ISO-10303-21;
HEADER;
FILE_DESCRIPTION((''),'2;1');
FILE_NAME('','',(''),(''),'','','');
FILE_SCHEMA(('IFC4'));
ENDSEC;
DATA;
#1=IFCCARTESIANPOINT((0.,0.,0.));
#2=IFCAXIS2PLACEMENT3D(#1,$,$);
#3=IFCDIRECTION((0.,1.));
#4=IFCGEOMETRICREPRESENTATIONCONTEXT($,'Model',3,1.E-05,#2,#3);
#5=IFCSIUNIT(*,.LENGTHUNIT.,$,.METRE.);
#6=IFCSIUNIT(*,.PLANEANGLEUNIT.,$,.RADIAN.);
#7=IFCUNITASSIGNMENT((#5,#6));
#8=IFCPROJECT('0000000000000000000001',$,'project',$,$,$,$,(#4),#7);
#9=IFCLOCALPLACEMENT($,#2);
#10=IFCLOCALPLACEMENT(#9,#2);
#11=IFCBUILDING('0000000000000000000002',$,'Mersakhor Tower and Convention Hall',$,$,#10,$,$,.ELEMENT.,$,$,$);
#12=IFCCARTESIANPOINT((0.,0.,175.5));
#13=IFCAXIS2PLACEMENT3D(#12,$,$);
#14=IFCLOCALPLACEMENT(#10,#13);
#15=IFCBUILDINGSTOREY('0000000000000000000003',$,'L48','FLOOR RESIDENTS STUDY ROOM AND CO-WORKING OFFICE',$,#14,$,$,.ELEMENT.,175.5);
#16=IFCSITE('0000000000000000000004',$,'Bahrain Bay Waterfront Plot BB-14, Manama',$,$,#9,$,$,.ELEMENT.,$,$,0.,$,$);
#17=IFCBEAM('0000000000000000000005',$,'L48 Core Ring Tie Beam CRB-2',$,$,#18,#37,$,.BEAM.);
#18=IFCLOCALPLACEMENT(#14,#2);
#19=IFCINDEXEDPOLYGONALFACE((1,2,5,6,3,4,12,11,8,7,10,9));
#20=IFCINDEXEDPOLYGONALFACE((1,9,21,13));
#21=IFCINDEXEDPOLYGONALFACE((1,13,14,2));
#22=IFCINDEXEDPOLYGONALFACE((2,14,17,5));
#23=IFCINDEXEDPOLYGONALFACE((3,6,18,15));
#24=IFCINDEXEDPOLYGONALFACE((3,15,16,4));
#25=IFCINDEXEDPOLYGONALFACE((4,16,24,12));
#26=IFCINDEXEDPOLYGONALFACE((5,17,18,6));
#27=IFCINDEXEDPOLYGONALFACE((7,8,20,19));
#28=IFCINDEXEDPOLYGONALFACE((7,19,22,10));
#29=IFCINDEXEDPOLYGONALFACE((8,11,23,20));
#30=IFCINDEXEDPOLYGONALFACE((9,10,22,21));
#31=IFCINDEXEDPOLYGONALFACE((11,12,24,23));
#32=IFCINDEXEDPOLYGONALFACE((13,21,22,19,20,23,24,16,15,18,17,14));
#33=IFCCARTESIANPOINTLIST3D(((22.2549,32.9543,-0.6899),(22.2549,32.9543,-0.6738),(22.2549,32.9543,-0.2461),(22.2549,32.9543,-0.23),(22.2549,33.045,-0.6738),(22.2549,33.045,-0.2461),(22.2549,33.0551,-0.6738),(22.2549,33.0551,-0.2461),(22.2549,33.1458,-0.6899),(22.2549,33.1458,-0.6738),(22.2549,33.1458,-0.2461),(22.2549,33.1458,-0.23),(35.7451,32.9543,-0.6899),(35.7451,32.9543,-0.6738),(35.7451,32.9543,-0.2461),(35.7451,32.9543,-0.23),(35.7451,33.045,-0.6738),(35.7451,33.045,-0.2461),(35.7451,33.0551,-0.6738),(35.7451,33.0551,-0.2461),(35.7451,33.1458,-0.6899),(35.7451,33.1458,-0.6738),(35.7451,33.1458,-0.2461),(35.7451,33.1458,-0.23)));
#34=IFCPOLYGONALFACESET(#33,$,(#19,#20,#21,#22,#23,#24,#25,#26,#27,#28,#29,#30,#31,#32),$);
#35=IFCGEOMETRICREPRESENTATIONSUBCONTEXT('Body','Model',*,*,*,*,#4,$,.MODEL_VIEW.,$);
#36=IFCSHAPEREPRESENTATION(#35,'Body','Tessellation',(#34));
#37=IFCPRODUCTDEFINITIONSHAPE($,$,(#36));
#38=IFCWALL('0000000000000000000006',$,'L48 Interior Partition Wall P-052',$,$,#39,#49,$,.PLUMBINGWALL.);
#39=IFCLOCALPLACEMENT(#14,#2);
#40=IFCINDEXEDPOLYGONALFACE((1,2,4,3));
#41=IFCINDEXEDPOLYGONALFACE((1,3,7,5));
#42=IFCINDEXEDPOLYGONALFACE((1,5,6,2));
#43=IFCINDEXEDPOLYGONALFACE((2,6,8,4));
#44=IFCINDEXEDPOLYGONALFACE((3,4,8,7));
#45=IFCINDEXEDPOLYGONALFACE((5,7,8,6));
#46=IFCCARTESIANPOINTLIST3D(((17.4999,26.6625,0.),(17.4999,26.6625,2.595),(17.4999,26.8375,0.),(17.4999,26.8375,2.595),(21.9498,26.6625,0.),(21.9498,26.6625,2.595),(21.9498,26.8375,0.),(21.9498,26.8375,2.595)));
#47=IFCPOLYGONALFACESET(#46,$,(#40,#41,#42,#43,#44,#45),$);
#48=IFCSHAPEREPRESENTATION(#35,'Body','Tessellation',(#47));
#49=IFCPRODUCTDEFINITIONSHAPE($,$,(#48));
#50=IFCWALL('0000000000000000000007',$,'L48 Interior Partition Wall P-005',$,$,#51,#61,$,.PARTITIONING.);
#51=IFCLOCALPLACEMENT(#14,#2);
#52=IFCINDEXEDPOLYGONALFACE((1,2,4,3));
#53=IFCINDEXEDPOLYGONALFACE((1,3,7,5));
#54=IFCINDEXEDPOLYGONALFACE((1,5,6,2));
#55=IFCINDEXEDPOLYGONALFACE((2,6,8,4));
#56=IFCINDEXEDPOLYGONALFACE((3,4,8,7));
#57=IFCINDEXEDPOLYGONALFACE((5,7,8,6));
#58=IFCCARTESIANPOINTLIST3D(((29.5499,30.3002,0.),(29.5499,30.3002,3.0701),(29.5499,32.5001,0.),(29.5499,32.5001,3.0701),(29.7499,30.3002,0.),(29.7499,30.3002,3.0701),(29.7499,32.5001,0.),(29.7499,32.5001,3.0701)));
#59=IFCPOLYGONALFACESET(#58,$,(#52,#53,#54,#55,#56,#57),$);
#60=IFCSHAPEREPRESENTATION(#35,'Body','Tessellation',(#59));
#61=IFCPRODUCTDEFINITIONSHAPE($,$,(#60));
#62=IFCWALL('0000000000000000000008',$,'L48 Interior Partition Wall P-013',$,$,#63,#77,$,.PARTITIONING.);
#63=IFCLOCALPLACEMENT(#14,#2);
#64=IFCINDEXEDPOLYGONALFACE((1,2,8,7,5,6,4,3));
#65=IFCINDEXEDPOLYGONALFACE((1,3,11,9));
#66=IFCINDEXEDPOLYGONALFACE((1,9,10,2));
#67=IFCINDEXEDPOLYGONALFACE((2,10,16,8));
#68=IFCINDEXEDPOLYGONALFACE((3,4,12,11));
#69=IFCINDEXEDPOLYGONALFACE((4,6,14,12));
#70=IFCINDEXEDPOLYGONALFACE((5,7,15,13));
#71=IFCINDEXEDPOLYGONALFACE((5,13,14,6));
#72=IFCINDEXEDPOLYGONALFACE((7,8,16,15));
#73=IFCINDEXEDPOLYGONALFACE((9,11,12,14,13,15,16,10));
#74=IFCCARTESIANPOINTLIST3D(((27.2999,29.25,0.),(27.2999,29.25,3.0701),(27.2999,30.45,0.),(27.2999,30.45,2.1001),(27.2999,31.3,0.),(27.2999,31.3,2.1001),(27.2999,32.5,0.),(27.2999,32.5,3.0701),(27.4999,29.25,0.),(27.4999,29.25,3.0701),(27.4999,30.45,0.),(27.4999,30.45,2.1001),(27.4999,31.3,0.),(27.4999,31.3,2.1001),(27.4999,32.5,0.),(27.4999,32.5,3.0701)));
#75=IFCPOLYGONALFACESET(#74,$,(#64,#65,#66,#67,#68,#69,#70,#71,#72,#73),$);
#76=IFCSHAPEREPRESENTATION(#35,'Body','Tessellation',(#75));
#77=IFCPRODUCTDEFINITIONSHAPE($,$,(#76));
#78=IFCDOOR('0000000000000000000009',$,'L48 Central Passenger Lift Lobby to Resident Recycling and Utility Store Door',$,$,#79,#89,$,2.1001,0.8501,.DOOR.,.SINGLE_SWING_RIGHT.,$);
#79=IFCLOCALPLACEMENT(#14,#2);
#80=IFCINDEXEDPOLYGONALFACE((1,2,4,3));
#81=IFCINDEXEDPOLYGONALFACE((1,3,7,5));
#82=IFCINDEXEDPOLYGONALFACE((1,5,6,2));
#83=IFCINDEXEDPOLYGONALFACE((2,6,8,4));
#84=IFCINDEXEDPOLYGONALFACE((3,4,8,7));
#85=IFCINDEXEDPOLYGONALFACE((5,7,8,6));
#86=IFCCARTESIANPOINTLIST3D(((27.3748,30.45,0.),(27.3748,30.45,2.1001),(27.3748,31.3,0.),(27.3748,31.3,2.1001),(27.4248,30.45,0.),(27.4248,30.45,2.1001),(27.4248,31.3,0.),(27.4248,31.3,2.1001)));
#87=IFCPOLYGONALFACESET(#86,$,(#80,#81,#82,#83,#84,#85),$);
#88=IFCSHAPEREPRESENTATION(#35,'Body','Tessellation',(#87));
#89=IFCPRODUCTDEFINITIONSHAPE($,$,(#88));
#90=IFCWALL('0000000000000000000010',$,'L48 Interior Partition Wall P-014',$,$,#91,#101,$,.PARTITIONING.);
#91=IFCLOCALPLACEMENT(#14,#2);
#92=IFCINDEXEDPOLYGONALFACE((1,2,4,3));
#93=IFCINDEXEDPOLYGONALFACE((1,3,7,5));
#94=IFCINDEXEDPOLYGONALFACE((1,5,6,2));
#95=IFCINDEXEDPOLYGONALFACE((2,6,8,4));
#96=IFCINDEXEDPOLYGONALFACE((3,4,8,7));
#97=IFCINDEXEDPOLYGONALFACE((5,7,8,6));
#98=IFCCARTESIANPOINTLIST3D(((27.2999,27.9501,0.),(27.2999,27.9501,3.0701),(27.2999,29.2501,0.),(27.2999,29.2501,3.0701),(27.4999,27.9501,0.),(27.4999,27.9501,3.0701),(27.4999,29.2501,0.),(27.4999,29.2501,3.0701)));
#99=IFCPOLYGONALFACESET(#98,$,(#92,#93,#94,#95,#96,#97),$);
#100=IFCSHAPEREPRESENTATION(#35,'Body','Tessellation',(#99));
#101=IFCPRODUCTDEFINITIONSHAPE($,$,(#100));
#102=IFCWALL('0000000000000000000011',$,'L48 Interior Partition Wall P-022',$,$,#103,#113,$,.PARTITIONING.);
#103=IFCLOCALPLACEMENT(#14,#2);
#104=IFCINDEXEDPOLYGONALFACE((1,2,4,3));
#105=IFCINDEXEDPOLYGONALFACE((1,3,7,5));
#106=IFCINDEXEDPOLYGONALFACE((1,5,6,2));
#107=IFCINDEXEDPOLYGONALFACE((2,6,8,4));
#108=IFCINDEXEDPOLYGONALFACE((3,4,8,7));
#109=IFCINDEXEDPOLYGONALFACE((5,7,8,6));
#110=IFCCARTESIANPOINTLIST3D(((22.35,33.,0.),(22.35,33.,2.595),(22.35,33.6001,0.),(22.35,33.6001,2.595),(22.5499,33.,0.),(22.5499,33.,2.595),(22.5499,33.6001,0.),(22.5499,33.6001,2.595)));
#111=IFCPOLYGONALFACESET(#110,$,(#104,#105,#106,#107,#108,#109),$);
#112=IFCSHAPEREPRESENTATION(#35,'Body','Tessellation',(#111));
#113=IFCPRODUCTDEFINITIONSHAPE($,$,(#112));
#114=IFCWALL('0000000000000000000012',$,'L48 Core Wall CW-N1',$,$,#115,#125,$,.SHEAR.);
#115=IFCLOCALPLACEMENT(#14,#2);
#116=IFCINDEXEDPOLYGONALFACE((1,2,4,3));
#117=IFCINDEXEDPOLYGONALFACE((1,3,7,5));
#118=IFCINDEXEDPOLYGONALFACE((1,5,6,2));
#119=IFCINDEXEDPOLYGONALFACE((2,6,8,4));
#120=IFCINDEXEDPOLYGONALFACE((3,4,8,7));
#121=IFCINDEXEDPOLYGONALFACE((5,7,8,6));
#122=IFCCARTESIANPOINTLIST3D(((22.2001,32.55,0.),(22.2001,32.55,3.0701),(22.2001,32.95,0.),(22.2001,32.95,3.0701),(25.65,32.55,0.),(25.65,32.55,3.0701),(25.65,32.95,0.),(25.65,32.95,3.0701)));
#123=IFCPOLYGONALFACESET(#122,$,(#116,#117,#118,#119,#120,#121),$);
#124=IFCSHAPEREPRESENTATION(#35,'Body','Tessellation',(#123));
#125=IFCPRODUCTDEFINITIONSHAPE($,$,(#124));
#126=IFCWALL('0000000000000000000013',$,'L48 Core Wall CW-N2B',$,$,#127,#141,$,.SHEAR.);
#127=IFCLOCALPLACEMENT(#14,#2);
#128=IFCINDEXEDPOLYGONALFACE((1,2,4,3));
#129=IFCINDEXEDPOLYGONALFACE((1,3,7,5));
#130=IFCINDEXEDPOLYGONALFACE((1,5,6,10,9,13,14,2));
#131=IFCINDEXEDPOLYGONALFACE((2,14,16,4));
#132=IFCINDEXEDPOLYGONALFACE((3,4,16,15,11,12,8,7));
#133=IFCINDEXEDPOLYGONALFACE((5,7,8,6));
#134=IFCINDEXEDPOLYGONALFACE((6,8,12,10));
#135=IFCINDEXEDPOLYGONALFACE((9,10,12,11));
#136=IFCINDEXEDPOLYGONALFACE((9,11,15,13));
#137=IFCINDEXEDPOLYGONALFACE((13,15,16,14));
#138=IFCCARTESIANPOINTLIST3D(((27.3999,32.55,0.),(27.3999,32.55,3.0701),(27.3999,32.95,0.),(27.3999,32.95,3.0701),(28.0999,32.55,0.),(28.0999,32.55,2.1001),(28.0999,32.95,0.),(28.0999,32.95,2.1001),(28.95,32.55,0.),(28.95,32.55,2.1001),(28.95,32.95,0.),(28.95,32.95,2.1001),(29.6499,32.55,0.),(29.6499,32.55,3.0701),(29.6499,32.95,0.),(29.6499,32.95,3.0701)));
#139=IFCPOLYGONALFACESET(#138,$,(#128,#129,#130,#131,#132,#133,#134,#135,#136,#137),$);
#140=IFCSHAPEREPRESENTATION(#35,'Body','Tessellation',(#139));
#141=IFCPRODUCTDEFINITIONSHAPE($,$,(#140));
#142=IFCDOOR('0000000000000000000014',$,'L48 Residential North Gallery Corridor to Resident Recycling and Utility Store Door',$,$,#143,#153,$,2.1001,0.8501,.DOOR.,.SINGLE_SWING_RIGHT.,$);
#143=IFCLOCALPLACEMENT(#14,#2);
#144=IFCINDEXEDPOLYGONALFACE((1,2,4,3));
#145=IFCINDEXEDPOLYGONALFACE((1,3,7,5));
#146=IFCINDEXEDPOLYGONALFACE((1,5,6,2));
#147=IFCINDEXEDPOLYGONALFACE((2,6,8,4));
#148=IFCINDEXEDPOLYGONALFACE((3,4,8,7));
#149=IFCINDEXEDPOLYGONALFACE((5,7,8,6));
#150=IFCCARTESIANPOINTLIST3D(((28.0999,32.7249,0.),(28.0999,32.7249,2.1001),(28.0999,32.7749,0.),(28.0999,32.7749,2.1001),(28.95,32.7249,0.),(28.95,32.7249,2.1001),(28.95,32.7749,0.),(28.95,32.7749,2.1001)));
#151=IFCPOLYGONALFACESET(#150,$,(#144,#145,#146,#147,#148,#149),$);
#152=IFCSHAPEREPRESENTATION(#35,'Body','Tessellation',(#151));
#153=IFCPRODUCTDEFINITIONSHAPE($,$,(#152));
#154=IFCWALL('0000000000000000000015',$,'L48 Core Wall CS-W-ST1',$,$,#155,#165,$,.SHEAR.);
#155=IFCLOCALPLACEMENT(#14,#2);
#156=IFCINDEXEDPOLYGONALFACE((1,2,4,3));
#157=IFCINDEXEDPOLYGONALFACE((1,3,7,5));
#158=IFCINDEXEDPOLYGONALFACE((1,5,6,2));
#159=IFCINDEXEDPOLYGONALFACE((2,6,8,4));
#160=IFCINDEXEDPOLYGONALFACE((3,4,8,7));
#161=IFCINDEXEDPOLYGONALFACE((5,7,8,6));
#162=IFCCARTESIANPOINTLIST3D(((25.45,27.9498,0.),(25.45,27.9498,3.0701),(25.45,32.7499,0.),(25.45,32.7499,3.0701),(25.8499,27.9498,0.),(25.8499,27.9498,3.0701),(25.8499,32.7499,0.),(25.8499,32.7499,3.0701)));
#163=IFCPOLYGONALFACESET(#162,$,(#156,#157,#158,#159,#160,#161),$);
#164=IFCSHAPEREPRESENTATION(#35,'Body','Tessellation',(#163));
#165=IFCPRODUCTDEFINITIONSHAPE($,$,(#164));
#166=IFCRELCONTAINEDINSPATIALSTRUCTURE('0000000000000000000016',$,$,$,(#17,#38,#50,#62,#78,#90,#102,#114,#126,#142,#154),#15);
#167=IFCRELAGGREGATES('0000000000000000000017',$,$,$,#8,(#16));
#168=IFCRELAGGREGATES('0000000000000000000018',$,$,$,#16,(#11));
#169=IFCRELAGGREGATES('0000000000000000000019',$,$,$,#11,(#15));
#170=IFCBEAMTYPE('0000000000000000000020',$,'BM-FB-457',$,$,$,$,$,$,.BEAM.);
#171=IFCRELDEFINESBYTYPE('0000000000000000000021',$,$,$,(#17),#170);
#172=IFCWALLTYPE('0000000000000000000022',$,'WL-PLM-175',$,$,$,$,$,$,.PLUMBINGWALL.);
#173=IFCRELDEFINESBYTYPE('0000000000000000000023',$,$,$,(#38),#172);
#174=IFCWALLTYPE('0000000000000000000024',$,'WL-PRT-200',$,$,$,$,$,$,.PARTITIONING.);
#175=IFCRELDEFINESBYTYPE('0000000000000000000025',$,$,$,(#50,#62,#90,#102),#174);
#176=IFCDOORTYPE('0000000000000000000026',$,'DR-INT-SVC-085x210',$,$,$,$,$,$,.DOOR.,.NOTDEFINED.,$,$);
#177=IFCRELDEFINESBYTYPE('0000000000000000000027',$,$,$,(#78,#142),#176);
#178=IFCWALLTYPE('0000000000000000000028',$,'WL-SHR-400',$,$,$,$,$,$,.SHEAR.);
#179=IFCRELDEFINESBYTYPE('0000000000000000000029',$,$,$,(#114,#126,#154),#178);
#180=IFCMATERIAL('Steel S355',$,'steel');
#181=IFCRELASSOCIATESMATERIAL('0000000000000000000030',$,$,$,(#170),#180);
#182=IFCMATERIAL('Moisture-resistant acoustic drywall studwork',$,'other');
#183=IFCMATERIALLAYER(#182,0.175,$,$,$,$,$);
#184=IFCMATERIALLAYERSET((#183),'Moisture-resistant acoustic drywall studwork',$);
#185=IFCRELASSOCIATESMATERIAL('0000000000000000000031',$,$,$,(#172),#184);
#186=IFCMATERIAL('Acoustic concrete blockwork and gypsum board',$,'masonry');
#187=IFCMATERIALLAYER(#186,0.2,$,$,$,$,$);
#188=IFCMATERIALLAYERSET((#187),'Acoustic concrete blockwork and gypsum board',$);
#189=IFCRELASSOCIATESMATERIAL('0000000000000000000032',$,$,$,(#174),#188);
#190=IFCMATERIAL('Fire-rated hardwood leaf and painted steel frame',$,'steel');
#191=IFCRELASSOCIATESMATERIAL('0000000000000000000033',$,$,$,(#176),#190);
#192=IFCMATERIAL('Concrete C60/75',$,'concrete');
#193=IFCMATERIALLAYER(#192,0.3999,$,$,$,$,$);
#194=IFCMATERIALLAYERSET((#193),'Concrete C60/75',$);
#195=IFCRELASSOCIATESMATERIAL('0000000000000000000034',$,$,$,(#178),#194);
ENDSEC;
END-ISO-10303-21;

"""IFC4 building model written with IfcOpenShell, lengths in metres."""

from ifc_helpers import new_model, si_unit, direction, frame, frame_2d, origin, origin_2d, place, context, subcontext, project, spatial, rectangle, i_section, extrude, material, layer, layer_set, material_profile, profile_set, type_object, element, fill, save


model = new_model("IFC4")

# Units and contexts
model_context = context("Model", 3, precision=1e-05, world=origin(), true_north=direction((0.0, 1.0)))
body_context = subcontext(model_context, "Body", "Model", "MODEL_VIEW")
ifc_project = project(units=[si_unit("LENGTHUNIT", "METRE"), si_unit("PLANEANGLEUNIT", "RADIAN")], contexts=[model_context])

# Site, building, storey
site_placement = place(None, origin())
site = spatial("IfcSite", under=ifc_project, at=site_placement, Name="Bahrain Bay Waterfront Plot BB-14, Manama", CompositionType="ELEMENT", RefElevation=0.0)
building_placement = place(site_placement, origin())
building = spatial("IfcBuilding", under=site, at=building_placement, Name="Mersakhor Tower and Convention Hall", CompositionType="ELEMENT")
storey_placement = place(building_placement, frame((0.0, 0.0, 175.5)))
storey = spatial("IfcBuildingStorey", under=building, at=storey_placement, Name="L48", Description="FLOOR RESIDENTS STUDY ROOM AND CO-WORKING OFFICE", CompositionType="ELEMENT", Elevation=175.5)

# Beam
ifc_material_1 = material(Name="Steel S355", Category="steel")
ifc_material_profile = material_profile(ifc_material_1, i_section(OverallWidth=0.1914, OverallDepth=0.46, WebThickness=0.01, FlangeThickness=0.0161, at=origin_2d()), Name="UB 457x191x82")
ifc_profile_set = profile_set([ifc_material_profile], Name="Steel S355")
beam_type = type_object("IfcBeamType", Name="BM-FB-457", PredefinedType="BEAM", material=ifc_profile_set)
beam_placement = place(storey_placement, frame((22.2549, 33.05, -0.46), z_axis=(1.0, 0.0, 0.0), x_axis=(0.0, 1.0, 0.0)))
element("IfcBeam", 1, at=beam_placement, inside=storey, type_object=beam_type, Name="L48 Core Ring Tie Beam CRB-2", PredefinedType="BEAM", context=body_context, shape_type="SweptSolid", body=[
    extrude(i_section(OverallWidth=0.1914, OverallDepth=0.46, WebThickness=0.01, FlangeThickness=0.0161, at=origin_2d()), origin(), (0.0, 0.0, 1.0), 13.4902),
])

# Walls
ifc_material_2 = material(Name="Moisture-resistant acoustic drywall studwork", Category="other")
ifc_layer_1 = layer(ifc_material_2, 0.175)
ifc_layer_set_1 = layer_set([ifc_layer_1], Name="Moisture-resistant acoustic drywall studwork")
wall_type_1 = type_object("IfcWallType", Name="WL-PLM-175", PredefinedType="PLUMBINGWALL", material=ifc_layer_set_1)
wall_1_placement = place(storey_placement, frame((21.95, 26.75, 0.0), z_axis=(0.0, 0.0, 1.0), x_axis=(-1.0, 0.0, 0.0)))
element("IfcWall", 2, at=wall_1_placement, inside=storey, type_object=wall_type_1, Name="L48 Interior Partition Wall P-052", PredefinedType="PLUMBINGWALL", context=body_context, shape_type="SweptSolid", body=[
    extrude(rectangle(XDim=4.45, YDim=0.175, at=frame_2d((2.2251, 0.0))), origin(), (0.0, 0.0, 1.0), 2.595),
])
ifc_material_3 = material(Name="Acoustic concrete blockwork and gypsum board", Category="masonry")
ifc_layer_2 = layer(ifc_material_3, 0.2)
ifc_layer_set_2 = layer_set([ifc_layer_2], Name="Acoustic concrete blockwork and gypsum board")
wall_type_2 = type_object("IfcWallType", Name="WL-PRT-200", PredefinedType="PARTITIONING", material=ifc_layer_set_2)
wall_2_placement = place(storey_placement, frame((29.6499, 30.3, 0.0), z_axis=(0.0, 0.0, 1.0), x_axis=(0.0, 1.0, 0.0)))
element("IfcWall", 3, at=wall_2_placement, inside=storey, type_object=wall_type_2, Name="L48 Interior Partition Wall P-005", PredefinedType="PARTITIONING", context=body_context, shape_type="SweptSolid", body=[
    extrude(rectangle(XDim=2.2, YDim=0.2, at=frame_2d((1.1001, 0.0))), origin(), (0.0, 0.0, 1.0), 3.0701),
])

# Wall, opening, door
wall_3_placement = place(storey_placement, frame((27.3999, 32.5, 0.0), z_axis=(0.0, 0.0, 1.0), x_axis=(0.0, -1.0, 0.0)))
wall_3 = element("IfcWall", 4, at=wall_3_placement, inside=storey, type_object=wall_type_2, Name="L48 Interior Partition Wall P-013", PredefinedType="PARTITIONING", context=body_context, shape_type="SweptSolid", body=[
    extrude(rectangle(XDim=3.25, YDim=0.2, at=frame_2d((1.625, 0.0))), origin(), (0.0, 0.0, 1.0), 3.0701),
])
opening_1_placement = place(wall_3_placement, frame((1.2, 0.0, 0.0)))
opening_1 = element("IfcOpeningElement", 5, at=opening_1_placement, cuts=wall_3, PredefinedType="OPENING", context=body_context, shape_type="SweptSolid", body=[
    extrude(rectangle(XDim=0.8501, YDim=2.1001, at=frame_2d((0.425, 1.05))), frame((0.0, 0.1099, 0.0), z_axis=(0.0, -1.0, 0.0), x_axis=(1.0, 0.0, 0.0)), (0.0, 0.0, 1.0), 0.22),
])
ifc_material_4 = material(Name="Fire-rated hardwood leaf and painted steel frame", Category="steel")
door_type_1 = type_object("IfcDoorType", Name="DR-INT-SVC-085x210", OperationType="NOTDEFINED", PredefinedType="DOOR", material=ifc_material_4)
door_1_placement = place(opening_1_placement, origin())
door_1 = element("IfcDoor", 6, at=door_1_placement, inside=storey, type_object=door_type_1, Name="L48 Central Passenger Lift Lobby to Resident Recycling and Utility Store Door", OperationType="SINGLE_SWING_RIGHT", OverallHeight=2.1001, OverallWidth=0.8501, PredefinedType="DOOR", context=body_context, shape_type="SweptSolid", body=[
    extrude(rectangle(XDim=0.8501, YDim=2.1001, at=frame_2d((0.425, 1.05))), frame((0.0, 0.0249, 0.0), z_axis=(0.0, -1.0, 0.0), x_axis=(1.0, 0.0, 0.0)), (0.0, 0.0, 1.0), 0.05),
])
fill(opening_1, door_1)

# Wall
wall_4_placement = place(storey_placement, frame((27.3999, 29.25, 0.0), z_axis=(0.0, 0.0, 1.0), x_axis=(0.0, -1.0, 0.0)))
element("IfcWall", 7, at=wall_4_placement, inside=storey, type_object=wall_type_2, Name="L48 Interior Partition Wall P-014", PredefinedType="PARTITIONING", context=body_context, shape_type="SweptSolid", body=[
    extrude(rectangle(XDim=1.3, YDim=0.2, at=frame_2d((0.6499, 0.0))), origin(), (0.0, 0.0, 1.0), 3.0701),
])

# Walls
wall_5_placement = place(storey_placement, frame((22.45, 33.0, 0.0), z_axis=(0.0, 0.0, 1.0), x_axis=(0.0, 1.0, 0.0)))
element("IfcWall", 8, at=wall_5_placement, inside=storey, type_object=wall_type_2, Name="L48 Interior Partition Wall P-022", PredefinedType="PARTITIONING", context=body_context, shape_type="SweptSolid", body=[
    extrude(rectangle(XDim=0.6001, YDim=0.2, at=frame_2d((0.3, 0.0))), origin(), (0.0, 0.0, 1.0), 2.595),
])
ifc_material_5 = material(Name="Concrete C60/75", Category="concrete")
ifc_layer_3 = layer(ifc_material_5, 0.3999)
ifc_layer_set_3 = layer_set([ifc_layer_3], Name="Concrete C60/75")
wall_type_3 = type_object("IfcWallType", Name="WL-SHR-400", PredefinedType="SHEAR", material=ifc_layer_set_3)
wall_6_placement = place(storey_placement, frame((22.2, 32.75, 0.0), z_axis=(0.0, 0.0, 1.0), x_axis=(1.0, 0.0, 0.0)))
element("IfcWall", 9, at=wall_6_placement, inside=storey, type_object=wall_type_3, Name="L48 Core Wall CW-N1", PredefinedType="SHEAR", context=body_context, shape_type="SweptSolid", body=[
    extrude(rectangle(XDim=3.45, YDim=0.3999, at=frame_2d((1.7251, 0.0))), origin(), (0.0, 0.0, 1.0), 3.0701),
])

# Wall, opening, door
wall_7_placement = place(storey_placement, frame((27.3999, 32.75, 0.0), z_axis=(0.0, 0.0, 1.0), x_axis=(1.0, 0.0, 0.0)))
wall_7 = element("IfcWall", 10, at=wall_7_placement, inside=storey, type_object=wall_type_3, Name="L48 Core Wall CW-N2B", PredefinedType="SHEAR", context=body_context, shape_type="SweptSolid", body=[
    extrude(rectangle(XDim=2.25, YDim=0.3999, at=frame_2d((1.125, 0.0))), origin(), (0.0, 0.0, 1.0), 3.0701),
])
opening_2_placement = place(wall_7_placement, frame((0.7, 0.0, 0.0)))
opening_2 = element("IfcOpeningElement", 11, at=opening_2_placement, cuts=wall_7, PredefinedType="OPENING", context=body_context, shape_type="SweptSolid", body=[
    extrude(rectangle(XDim=0.8501, YDim=2.1001, at=frame_2d((0.425, 1.05))), frame((0.0, 0.21, 0.0), z_axis=(0.0, -1.0, 0.0), x_axis=(1.0, 0.0, 0.0)), (0.0, 0.0, 1.0), 0.4199),
])
door_2_placement = place(opening_2_placement, origin())
door_2 = element("IfcDoor", 12, at=door_2_placement, inside=storey, type_object=door_type_1, Name="L48 Residential North Gallery Corridor to Resident Recycling and Utility Store Door", OperationType="SINGLE_SWING_RIGHT", OverallHeight=2.1001, OverallWidth=0.8501, PredefinedType="DOOR", context=body_context, shape_type="SweptSolid", body=[
    extrude(rectangle(XDim=0.8501, YDim=2.1001, at=frame_2d((0.425, 1.05))), frame((0.0, 0.0249, 0.0), z_axis=(0.0, -1.0, 0.0), x_axis=(1.0, 0.0, 0.0)), (0.0, 0.0, 1.0), 0.05),
])
fill(opening_2, door_2)

# Wall
wall_8_placement = place(storey_placement, frame((25.6499, 27.95, 0.0), z_axis=(0.0, 0.0, 1.0), x_axis=(0.0, 1.0, 0.0)))
element("IfcWall", 13, at=wall_8_placement, inside=storey, type_object=wall_type_3, Name="L48 Core Wall CS-W-ST1", PredefinedType="SHEAR", context=body_context, shape_type="SweptSolid", body=[
    extrude(rectangle(XDim=4.8, YDim=0.3999, at=frame_2d((2.3999, 0.0))), origin(), (0.0, 0.0, 1.0), 3.0701),
])

save(model, "model.ifc")
